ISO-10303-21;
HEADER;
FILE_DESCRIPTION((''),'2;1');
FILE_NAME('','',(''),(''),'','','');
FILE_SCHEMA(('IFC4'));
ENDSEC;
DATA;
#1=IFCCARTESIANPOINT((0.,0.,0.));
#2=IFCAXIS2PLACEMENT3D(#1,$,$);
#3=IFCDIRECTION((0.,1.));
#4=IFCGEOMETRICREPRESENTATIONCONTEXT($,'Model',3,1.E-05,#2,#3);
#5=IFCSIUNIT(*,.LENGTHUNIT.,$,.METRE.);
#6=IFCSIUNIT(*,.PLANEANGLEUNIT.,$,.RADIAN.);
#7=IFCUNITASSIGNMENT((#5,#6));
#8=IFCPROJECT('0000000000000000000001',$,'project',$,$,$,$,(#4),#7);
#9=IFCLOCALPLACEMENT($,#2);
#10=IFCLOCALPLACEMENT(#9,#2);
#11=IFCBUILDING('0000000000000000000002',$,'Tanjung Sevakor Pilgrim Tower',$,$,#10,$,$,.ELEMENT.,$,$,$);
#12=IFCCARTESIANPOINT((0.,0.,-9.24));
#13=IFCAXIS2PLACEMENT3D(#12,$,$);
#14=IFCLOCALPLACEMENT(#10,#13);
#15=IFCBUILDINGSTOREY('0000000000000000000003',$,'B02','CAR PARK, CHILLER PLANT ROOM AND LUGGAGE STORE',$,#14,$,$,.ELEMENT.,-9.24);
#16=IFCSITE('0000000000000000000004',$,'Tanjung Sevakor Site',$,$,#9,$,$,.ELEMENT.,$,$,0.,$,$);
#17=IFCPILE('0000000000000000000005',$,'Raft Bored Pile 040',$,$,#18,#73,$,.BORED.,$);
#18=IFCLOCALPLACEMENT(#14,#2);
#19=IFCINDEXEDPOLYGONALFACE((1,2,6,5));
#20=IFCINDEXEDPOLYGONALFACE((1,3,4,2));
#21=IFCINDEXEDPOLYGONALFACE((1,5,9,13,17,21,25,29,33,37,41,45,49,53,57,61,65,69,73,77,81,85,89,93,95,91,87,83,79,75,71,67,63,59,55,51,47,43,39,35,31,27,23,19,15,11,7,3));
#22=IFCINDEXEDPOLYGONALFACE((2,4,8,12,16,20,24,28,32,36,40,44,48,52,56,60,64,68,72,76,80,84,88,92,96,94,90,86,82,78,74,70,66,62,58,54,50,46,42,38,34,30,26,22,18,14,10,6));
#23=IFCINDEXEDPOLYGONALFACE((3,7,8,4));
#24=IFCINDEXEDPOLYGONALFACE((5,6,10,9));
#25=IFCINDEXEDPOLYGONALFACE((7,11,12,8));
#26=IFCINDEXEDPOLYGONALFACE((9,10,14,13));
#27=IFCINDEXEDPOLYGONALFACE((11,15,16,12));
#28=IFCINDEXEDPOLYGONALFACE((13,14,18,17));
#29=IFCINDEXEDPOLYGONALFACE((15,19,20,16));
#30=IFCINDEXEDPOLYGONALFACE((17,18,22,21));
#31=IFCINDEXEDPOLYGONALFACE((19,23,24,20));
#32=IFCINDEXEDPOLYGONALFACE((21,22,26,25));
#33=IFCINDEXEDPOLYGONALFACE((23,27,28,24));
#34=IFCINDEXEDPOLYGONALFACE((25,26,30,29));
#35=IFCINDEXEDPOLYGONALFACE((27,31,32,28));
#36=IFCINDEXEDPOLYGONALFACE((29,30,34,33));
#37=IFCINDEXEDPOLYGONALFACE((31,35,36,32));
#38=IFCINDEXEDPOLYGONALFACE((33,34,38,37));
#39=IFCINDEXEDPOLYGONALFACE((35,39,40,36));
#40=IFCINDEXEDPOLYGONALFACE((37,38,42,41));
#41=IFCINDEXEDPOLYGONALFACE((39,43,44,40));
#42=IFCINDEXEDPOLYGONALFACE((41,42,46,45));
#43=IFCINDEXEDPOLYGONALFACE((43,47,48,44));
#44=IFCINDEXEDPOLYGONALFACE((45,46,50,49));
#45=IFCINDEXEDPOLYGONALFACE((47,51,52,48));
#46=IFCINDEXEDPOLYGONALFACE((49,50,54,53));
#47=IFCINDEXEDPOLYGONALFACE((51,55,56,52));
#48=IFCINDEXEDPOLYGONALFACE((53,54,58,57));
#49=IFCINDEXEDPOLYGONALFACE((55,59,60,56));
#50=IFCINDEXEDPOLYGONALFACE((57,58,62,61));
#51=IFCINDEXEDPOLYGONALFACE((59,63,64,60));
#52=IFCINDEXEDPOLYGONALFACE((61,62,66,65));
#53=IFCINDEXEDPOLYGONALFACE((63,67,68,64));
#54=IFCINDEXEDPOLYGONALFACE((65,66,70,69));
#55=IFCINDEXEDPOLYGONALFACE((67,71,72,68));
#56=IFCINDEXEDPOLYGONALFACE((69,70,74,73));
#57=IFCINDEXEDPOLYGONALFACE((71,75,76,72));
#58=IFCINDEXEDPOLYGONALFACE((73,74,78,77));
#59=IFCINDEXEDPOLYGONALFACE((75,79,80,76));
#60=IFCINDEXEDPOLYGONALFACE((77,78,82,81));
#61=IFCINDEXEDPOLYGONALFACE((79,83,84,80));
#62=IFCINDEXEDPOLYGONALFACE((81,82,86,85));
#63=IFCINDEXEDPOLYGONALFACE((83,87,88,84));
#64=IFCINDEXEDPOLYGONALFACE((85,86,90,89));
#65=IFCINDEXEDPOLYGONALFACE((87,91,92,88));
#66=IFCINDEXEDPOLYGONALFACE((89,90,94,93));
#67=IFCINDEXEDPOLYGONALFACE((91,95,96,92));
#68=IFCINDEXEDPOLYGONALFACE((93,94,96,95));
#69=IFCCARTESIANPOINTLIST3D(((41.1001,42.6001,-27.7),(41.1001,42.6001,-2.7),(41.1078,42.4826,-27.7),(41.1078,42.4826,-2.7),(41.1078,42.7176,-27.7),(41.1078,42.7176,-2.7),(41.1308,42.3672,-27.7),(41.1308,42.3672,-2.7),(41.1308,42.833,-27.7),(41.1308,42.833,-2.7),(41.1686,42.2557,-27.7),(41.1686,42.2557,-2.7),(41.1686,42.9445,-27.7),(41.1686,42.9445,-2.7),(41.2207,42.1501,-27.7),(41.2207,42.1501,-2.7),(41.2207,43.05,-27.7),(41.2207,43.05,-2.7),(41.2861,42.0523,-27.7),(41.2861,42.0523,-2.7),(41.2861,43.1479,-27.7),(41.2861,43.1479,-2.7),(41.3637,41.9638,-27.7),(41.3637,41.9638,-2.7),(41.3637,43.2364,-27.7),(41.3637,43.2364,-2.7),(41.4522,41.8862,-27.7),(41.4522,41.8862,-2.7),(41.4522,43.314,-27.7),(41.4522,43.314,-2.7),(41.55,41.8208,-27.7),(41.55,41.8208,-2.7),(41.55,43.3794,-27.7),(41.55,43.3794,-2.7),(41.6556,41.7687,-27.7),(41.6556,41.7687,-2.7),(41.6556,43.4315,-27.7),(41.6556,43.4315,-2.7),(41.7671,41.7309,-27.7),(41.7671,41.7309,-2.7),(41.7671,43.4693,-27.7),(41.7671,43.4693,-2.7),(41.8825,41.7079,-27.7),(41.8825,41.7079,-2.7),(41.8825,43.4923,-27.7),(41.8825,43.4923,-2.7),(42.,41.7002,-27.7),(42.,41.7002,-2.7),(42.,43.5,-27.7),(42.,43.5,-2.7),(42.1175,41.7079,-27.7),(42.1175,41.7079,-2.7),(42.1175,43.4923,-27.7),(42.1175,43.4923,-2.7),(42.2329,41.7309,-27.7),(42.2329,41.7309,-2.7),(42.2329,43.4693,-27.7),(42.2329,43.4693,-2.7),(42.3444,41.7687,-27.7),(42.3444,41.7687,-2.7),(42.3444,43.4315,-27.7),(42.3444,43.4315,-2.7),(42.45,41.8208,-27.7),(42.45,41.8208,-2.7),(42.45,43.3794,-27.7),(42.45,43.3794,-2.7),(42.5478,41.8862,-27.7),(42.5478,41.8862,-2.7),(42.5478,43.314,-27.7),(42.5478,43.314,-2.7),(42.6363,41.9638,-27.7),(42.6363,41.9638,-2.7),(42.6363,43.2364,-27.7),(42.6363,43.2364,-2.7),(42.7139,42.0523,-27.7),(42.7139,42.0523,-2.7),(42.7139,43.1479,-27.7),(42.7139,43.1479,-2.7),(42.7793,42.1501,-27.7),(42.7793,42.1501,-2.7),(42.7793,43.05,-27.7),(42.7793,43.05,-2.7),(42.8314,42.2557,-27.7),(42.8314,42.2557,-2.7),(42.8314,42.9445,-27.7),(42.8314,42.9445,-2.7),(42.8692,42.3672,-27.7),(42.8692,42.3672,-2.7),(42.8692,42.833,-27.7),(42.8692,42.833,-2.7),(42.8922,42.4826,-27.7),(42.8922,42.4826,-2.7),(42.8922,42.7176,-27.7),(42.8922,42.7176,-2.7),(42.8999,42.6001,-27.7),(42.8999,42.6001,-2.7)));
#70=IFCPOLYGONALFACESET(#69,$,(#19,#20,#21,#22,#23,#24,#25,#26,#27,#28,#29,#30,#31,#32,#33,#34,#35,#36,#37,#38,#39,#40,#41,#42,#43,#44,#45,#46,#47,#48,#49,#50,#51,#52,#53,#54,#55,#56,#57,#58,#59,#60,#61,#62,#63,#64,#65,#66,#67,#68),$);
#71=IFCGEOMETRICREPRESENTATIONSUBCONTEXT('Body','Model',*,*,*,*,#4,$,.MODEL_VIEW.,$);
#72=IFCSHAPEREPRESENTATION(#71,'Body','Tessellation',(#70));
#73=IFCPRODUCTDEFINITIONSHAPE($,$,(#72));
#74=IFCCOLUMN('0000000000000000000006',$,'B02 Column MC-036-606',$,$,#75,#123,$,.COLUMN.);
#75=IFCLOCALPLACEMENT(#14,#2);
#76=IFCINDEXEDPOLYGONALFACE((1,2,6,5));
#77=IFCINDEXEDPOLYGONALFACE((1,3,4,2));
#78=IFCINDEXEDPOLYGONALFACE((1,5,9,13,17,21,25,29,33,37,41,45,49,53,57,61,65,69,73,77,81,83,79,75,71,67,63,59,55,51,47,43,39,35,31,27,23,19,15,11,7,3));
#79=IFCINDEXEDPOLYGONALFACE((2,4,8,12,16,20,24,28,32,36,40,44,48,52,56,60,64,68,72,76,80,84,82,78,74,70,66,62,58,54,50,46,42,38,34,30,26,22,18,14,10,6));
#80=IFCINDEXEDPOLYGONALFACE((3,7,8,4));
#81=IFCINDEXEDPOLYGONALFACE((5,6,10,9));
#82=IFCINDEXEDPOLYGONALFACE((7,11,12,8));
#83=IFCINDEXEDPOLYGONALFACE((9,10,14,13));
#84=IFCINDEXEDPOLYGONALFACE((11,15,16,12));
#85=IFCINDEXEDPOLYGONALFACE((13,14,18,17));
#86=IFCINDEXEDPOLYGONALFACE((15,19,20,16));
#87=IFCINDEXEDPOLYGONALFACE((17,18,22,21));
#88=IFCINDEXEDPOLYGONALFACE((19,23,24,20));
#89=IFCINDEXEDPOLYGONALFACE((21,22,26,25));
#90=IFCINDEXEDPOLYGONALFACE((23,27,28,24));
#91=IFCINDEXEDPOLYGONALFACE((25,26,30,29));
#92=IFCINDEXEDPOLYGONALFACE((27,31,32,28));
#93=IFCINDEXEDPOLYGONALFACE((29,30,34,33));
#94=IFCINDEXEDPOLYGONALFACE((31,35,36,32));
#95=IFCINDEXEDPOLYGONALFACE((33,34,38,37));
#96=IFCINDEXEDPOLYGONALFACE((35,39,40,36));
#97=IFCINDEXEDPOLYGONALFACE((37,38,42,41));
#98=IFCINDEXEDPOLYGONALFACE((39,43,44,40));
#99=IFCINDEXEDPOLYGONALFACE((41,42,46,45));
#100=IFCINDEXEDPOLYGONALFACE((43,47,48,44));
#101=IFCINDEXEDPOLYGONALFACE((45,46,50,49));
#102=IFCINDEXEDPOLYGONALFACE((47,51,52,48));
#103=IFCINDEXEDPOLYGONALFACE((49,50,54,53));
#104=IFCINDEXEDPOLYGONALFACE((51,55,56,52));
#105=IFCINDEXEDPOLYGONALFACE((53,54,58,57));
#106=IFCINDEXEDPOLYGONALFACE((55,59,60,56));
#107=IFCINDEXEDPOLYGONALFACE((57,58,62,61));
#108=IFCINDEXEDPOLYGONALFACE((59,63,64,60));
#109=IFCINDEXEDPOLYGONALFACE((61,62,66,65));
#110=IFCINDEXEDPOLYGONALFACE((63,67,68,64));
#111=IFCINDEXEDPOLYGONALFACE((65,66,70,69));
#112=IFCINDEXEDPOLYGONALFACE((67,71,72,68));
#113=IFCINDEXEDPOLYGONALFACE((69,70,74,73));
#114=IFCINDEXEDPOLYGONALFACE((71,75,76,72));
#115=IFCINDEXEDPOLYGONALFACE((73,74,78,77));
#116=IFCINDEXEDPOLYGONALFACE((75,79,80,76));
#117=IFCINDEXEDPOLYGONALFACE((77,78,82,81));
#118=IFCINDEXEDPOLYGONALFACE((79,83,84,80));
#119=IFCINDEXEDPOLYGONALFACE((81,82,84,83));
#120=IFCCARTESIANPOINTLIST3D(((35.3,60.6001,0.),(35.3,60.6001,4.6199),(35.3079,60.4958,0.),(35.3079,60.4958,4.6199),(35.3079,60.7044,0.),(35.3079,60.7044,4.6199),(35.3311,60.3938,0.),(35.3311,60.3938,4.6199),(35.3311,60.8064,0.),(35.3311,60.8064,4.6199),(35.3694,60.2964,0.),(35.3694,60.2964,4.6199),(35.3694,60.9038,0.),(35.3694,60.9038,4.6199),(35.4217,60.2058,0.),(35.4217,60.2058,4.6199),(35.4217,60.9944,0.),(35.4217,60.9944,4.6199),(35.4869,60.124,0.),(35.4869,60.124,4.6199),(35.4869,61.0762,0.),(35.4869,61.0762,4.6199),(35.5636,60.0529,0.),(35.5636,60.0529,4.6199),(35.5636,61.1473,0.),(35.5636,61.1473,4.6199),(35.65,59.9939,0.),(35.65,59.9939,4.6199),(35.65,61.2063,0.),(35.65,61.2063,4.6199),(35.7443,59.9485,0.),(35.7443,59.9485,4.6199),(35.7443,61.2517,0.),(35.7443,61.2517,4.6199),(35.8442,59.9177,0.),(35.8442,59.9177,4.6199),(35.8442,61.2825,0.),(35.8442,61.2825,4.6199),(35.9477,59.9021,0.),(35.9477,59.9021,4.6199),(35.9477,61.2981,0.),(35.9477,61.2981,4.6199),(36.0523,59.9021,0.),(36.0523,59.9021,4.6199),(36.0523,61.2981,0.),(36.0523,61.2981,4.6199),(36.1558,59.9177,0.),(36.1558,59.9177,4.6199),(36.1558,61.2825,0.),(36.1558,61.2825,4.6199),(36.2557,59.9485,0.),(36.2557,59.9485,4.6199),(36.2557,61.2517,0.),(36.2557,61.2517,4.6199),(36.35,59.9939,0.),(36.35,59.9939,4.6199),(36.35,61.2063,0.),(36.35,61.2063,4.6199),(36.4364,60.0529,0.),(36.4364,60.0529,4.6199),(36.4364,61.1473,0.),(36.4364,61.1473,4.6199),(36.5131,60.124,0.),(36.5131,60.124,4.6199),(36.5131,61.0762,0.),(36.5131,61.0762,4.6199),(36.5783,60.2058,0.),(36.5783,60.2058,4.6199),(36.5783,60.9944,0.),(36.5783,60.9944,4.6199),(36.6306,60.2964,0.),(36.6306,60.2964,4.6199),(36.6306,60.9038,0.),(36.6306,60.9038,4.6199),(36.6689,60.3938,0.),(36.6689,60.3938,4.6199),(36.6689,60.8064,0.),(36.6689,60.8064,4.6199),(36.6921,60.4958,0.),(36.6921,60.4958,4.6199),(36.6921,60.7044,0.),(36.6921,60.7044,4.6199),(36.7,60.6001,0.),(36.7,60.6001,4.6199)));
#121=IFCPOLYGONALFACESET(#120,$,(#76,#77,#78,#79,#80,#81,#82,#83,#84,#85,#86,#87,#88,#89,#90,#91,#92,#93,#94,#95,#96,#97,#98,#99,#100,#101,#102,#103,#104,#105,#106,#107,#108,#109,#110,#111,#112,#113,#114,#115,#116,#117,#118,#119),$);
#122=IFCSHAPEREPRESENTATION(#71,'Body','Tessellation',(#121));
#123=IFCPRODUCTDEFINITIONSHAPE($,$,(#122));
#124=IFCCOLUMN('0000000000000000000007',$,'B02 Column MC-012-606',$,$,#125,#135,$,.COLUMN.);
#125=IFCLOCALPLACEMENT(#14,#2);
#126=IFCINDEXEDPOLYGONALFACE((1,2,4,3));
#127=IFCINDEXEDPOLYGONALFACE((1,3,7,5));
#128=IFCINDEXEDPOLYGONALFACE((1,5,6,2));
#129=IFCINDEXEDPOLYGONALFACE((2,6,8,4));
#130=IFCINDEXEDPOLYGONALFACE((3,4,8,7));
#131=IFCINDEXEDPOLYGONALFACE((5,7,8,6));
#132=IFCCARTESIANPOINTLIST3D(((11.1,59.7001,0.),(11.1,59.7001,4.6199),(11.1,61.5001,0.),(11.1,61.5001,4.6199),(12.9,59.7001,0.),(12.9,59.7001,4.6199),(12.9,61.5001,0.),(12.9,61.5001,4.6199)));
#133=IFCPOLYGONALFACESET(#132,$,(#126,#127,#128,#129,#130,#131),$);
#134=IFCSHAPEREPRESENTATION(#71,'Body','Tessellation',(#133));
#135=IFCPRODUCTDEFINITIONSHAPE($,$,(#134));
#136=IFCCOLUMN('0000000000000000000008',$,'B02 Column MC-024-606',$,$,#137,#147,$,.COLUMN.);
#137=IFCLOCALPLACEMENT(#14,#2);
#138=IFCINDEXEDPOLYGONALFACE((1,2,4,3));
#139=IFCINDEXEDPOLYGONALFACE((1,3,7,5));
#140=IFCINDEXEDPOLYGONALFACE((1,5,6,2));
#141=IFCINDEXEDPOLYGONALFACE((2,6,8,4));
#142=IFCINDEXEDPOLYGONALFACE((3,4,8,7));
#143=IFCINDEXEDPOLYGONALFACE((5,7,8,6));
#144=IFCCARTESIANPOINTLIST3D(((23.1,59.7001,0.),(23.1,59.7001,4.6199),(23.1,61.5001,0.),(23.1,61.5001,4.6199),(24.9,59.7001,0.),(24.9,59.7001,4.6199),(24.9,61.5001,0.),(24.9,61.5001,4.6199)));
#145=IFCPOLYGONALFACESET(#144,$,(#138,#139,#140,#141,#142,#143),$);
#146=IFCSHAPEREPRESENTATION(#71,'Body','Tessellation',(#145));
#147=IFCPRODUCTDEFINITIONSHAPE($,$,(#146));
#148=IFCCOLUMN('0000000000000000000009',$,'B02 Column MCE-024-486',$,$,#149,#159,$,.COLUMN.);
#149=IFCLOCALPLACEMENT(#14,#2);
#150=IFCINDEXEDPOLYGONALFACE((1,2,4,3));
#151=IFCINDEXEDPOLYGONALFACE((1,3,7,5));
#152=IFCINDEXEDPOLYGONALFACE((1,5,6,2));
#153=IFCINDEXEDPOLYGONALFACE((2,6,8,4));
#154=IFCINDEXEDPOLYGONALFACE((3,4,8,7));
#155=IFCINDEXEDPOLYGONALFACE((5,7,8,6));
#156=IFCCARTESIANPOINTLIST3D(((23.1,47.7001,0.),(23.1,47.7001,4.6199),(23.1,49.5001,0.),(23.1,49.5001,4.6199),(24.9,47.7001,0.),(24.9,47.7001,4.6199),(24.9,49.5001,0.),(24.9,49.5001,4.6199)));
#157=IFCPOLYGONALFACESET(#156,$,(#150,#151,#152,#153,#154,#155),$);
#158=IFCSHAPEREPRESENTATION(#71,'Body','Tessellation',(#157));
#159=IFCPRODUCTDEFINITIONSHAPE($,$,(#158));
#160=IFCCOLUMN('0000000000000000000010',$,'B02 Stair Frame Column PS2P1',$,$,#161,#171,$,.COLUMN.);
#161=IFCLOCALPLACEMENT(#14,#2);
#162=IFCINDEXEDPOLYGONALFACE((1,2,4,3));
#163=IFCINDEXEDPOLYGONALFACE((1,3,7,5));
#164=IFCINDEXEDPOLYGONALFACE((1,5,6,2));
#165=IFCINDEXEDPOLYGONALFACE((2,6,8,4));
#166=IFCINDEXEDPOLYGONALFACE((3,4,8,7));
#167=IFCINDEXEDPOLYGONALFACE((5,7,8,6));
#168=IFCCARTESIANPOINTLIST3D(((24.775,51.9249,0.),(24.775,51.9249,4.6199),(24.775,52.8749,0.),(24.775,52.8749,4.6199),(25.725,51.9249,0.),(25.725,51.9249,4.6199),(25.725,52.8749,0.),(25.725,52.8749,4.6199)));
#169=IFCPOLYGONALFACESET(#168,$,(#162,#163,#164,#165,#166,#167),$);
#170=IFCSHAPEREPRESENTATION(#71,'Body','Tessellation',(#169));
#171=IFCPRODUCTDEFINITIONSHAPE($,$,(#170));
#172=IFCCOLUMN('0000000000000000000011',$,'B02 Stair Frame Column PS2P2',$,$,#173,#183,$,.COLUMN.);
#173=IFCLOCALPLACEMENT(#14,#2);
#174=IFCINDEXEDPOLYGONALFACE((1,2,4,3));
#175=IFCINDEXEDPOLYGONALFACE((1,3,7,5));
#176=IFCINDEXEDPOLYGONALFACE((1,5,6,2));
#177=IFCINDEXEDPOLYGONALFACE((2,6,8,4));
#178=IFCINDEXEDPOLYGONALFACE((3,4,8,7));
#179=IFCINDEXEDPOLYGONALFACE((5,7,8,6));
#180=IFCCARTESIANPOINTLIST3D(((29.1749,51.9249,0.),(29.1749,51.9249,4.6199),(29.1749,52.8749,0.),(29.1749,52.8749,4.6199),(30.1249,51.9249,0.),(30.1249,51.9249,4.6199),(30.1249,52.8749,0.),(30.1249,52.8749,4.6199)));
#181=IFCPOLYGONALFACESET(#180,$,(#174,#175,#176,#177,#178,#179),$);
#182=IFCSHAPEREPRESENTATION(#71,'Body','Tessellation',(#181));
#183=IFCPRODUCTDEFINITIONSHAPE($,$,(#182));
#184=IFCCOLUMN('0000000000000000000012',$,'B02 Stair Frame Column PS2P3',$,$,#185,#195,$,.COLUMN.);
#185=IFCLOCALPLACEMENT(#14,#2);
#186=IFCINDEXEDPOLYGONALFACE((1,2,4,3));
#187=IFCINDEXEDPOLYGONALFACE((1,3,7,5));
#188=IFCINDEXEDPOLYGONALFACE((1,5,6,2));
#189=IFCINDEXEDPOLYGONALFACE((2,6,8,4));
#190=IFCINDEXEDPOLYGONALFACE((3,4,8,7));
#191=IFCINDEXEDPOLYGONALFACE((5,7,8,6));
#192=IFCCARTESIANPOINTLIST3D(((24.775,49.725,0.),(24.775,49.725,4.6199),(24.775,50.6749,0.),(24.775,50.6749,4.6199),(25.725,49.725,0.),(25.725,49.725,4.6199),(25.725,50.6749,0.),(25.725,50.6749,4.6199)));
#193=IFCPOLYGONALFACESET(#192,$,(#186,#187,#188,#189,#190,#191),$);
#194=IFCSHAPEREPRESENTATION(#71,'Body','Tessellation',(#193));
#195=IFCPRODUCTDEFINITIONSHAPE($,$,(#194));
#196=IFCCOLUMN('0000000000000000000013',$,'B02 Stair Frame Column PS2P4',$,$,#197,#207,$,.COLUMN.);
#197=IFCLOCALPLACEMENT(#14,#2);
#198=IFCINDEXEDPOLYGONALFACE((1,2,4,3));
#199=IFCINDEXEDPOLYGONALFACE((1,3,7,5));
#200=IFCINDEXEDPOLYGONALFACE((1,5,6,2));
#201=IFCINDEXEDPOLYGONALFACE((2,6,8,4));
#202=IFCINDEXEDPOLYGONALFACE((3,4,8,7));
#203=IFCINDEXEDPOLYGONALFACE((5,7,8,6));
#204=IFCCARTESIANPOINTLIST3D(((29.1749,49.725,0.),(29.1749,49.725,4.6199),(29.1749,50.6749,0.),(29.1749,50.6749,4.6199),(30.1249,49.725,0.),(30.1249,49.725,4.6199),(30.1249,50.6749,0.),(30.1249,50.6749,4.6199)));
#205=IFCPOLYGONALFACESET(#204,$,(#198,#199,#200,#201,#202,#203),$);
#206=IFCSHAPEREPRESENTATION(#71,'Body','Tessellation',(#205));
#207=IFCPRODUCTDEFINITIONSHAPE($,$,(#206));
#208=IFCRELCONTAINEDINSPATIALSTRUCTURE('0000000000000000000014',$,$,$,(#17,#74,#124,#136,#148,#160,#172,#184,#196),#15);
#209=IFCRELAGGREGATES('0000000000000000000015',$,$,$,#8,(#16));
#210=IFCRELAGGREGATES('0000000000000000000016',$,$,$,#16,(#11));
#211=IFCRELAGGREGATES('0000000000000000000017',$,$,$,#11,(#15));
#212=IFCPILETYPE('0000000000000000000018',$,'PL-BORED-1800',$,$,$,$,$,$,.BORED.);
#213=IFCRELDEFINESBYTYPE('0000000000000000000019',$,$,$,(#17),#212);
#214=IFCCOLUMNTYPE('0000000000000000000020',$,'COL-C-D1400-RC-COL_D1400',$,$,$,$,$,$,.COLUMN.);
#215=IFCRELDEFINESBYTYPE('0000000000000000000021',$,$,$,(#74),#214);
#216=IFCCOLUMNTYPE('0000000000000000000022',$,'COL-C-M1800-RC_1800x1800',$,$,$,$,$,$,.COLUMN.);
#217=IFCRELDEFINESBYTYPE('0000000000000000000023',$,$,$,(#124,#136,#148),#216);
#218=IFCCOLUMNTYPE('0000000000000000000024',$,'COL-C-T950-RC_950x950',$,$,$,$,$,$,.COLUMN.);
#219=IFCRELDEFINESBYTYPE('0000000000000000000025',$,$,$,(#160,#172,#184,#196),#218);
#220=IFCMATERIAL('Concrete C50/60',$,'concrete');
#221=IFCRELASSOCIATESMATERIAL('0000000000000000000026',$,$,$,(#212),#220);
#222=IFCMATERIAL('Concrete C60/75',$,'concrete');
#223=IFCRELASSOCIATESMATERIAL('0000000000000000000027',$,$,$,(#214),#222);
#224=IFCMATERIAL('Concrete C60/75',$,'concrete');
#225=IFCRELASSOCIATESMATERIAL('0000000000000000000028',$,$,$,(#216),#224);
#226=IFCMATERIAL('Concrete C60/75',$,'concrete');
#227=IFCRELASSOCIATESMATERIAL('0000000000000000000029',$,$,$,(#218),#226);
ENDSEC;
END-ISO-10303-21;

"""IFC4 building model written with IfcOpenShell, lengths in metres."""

from ifc_helpers import new_model, si_unit, direction, frame, origin, origin_2d, place, context, subcontext, project, spatial, rectangle, circle, extrude, material, material_profile, profile_set, type_object, element, save


model = new_model("IFC4")

# Units and contexts
model_context = context("Model", 3, precision=1e-05, world=origin(), true_north=direction((0.0, 1.0)))
body_context = subcontext(model_context, "Body", "Model", "MODEL_VIEW")
ifc_project = project(units=[si_unit("LENGTHUNIT", "METRE"), si_unit("PLANEANGLEUNIT", "RADIAN")], contexts=[model_context])

# Site, building, storey
site_placement = place(None, origin())
site = spatial("IfcSite", under=ifc_project, at=site_placement, Name="Tanjung Sevakor Site", CompositionType="ELEMENT", RefElevation=0.0)
building_placement = place(site_placement, origin())
building = spatial("IfcBuilding", under=site, at=building_placement, Name="Tanjung Sevakor Pilgrim Tower", CompositionType="ELEMENT")
storey_placement = place(building_placement, frame((0.0, 0.0, -9.24)))
storey = spatial("IfcBuildingStorey", under=building, at=storey_placement, Name="B02", Description="CAR PARK, CHILLER PLANT ROOM AND LUGGAGE STORE", CompositionType="ELEMENT", Elevation=-9.24)

# Pile
ifc_material_1 = material(Name="Concrete C50/60", Category="concrete")
ifc_material_profile_1 = material_profile(ifc_material_1, circle(Radius=0.8999, at=origin_2d()))
ifc_profile_set_1 = profile_set([ifc_material_profile_1], Name="Concrete C50/60")
pile_type = type_object("IfcPileType", Name="PL-BORED-1800", PredefinedType="BORED", material=ifc_profile_set_1)
for number, where, z_axis, x_axis, name in (
    (1, (42.0, 42.6001, -2.7), (0.0, 0.0, -1.0), (1.0, 0.0, 0.0), "Raft Bored Pile 040"),
):
    element("IfcPile", number, at=place(storey_placement, frame(where, z_axis=z_axis, x_axis=x_axis)), inside=storey, type_object=pile_type, Name=name, PredefinedType="BORED", context=body_context, shape_type="SweptSolid", body=[
        extrude(circle(Radius=0.8999, at=origin_2d()), origin(), (0.0, 0.0, 1.0), 25.0),
    ])

# Columns
ifc_material_2 = material(Name="Concrete C60/75", Category="concrete")
ifc_material_profile_2 = material_profile(ifc_material_2, circle(Radius=0.7, at=origin_2d()))
ifc_profile_set_2 = profile_set([ifc_material_profile_2], Name="Concrete C60/75")
column_type_1 = type_object("IfcColumnType", Name="COL-C-D1400-RC-COL_D1400", PredefinedType="COLUMN", material=ifc_profile_set_2)
column_placement = place(storey_placement, frame((36.0, 60.6001, 0.0), z_axis=(0.0, 0.0, 1.0), x_axis=(1.0, 0.0, 0.0)))
element("IfcColumn", 2, at=column_placement, inside=storey, type_object=column_type_1, Name="B02 Column MC-036-606", PredefinedType="COLUMN", context=body_context, shape_type="SweptSolid", body=[
    extrude(circle(Radius=0.7, at=origin_2d()), origin(), (0.0, 0.0, 1.0), 4.6199),
])
ifc_material_3 = material(Name="Concrete C60/75", Category="concrete")
ifc_material_profile_3 = material_profile(ifc_material_3, rectangle(XDim=1.8, YDim=1.8, at=origin_2d()))
ifc_profile_set_3 = profile_set([ifc_material_profile_3], Name="Concrete C60/75")
column_type_2 = type_object("IfcColumnType", Name="COL-C-M1800-RC_1800x1800", PredefinedType="COLUMN", material=ifc_profile_set_3)
for number, where, z_axis, x_axis, name in (
    (3, (12.0, 60.6001, 0.0), (0.0, 0.0, 1.0), (1.0, 0.0, 0.0), "B02 Column MC-012-606"),
    (4, (24.0, 60.6001, 0.0), (0.0, 0.0, 1.0), (1.0, 0.0, 0.0), "B02 Column MC-024-606"),
    (5, (24.0, 48.6001, 0.0), (0.0, 0.0, 1.0), (1.0, 0.0, 0.0), "B02 Column MCE-024-486"),
):
    element("IfcColumn", number, at=place(storey_placement, frame(where, z_axis=z_axis, x_axis=x_axis)), inside=storey, type_object=column_type_2, Name=name, PredefinedType="COLUMN", context=body_context, shape_type="SweptSolid", body=[
        extrude(rectangle(XDim=1.8, YDim=1.8, at=origin_2d()), origin(), (0.0, 0.0, 1.0), 4.6199),
    ])
ifc_material_4 = material(Name="Concrete C60/75", Category="concrete")
ifc_material_profile_4 = material_profile(ifc_material_4, rectangle(XDim=0.95, YDim=0.95, at=origin_2d()))
ifc_profile_set_4 = profile_set([ifc_material_profile_4], Name="Concrete C60/75")
column_type_3 = type_object("IfcColumnType", Name="COL-C-T950-RC_950x950", PredefinedType="COLUMN", material=ifc_profile_set_4)
for number, where, z_axis, x_axis, name in (
    (6, (25.25, 52.3999, 0.0), (0.0, 0.0, 1.0), (1.0, 0.0, 0.0), "B02 Stair Frame Column PS2P1"),
    (7, (29.6499, 52.3999, 0.0), (0.0, 0.0, 1.0), (1.0, 0.0, 0.0), "B02 Stair Frame Column PS2P2"),
    (8, (25.25, 50.2, 0.0), (0.0, 0.0, 1.0), (1.0, 0.0, 0.0), "B02 Stair Frame Column PS2P3"),
    (9, (29.6499, 50.2, 0.0), (0.0, 0.0, 1.0), (1.0, 0.0, 0.0), "B02 Stair Frame Column PS2P4"),
):
    element("IfcColumn", number, at=place(storey_placement, frame(where, z_axis=z_axis, x_axis=x_axis)), inside=storey, type_object=column_type_3, Name=name, PredefinedType="COLUMN", context=body_context, shape_type="SweptSolid", body=[
        extrude(rectangle(XDim=0.95, YDim=0.95, at=origin_2d()), origin(), (0.0, 0.0, 1.0), 4.6199),
    ])

save(model, "model.ifc")
